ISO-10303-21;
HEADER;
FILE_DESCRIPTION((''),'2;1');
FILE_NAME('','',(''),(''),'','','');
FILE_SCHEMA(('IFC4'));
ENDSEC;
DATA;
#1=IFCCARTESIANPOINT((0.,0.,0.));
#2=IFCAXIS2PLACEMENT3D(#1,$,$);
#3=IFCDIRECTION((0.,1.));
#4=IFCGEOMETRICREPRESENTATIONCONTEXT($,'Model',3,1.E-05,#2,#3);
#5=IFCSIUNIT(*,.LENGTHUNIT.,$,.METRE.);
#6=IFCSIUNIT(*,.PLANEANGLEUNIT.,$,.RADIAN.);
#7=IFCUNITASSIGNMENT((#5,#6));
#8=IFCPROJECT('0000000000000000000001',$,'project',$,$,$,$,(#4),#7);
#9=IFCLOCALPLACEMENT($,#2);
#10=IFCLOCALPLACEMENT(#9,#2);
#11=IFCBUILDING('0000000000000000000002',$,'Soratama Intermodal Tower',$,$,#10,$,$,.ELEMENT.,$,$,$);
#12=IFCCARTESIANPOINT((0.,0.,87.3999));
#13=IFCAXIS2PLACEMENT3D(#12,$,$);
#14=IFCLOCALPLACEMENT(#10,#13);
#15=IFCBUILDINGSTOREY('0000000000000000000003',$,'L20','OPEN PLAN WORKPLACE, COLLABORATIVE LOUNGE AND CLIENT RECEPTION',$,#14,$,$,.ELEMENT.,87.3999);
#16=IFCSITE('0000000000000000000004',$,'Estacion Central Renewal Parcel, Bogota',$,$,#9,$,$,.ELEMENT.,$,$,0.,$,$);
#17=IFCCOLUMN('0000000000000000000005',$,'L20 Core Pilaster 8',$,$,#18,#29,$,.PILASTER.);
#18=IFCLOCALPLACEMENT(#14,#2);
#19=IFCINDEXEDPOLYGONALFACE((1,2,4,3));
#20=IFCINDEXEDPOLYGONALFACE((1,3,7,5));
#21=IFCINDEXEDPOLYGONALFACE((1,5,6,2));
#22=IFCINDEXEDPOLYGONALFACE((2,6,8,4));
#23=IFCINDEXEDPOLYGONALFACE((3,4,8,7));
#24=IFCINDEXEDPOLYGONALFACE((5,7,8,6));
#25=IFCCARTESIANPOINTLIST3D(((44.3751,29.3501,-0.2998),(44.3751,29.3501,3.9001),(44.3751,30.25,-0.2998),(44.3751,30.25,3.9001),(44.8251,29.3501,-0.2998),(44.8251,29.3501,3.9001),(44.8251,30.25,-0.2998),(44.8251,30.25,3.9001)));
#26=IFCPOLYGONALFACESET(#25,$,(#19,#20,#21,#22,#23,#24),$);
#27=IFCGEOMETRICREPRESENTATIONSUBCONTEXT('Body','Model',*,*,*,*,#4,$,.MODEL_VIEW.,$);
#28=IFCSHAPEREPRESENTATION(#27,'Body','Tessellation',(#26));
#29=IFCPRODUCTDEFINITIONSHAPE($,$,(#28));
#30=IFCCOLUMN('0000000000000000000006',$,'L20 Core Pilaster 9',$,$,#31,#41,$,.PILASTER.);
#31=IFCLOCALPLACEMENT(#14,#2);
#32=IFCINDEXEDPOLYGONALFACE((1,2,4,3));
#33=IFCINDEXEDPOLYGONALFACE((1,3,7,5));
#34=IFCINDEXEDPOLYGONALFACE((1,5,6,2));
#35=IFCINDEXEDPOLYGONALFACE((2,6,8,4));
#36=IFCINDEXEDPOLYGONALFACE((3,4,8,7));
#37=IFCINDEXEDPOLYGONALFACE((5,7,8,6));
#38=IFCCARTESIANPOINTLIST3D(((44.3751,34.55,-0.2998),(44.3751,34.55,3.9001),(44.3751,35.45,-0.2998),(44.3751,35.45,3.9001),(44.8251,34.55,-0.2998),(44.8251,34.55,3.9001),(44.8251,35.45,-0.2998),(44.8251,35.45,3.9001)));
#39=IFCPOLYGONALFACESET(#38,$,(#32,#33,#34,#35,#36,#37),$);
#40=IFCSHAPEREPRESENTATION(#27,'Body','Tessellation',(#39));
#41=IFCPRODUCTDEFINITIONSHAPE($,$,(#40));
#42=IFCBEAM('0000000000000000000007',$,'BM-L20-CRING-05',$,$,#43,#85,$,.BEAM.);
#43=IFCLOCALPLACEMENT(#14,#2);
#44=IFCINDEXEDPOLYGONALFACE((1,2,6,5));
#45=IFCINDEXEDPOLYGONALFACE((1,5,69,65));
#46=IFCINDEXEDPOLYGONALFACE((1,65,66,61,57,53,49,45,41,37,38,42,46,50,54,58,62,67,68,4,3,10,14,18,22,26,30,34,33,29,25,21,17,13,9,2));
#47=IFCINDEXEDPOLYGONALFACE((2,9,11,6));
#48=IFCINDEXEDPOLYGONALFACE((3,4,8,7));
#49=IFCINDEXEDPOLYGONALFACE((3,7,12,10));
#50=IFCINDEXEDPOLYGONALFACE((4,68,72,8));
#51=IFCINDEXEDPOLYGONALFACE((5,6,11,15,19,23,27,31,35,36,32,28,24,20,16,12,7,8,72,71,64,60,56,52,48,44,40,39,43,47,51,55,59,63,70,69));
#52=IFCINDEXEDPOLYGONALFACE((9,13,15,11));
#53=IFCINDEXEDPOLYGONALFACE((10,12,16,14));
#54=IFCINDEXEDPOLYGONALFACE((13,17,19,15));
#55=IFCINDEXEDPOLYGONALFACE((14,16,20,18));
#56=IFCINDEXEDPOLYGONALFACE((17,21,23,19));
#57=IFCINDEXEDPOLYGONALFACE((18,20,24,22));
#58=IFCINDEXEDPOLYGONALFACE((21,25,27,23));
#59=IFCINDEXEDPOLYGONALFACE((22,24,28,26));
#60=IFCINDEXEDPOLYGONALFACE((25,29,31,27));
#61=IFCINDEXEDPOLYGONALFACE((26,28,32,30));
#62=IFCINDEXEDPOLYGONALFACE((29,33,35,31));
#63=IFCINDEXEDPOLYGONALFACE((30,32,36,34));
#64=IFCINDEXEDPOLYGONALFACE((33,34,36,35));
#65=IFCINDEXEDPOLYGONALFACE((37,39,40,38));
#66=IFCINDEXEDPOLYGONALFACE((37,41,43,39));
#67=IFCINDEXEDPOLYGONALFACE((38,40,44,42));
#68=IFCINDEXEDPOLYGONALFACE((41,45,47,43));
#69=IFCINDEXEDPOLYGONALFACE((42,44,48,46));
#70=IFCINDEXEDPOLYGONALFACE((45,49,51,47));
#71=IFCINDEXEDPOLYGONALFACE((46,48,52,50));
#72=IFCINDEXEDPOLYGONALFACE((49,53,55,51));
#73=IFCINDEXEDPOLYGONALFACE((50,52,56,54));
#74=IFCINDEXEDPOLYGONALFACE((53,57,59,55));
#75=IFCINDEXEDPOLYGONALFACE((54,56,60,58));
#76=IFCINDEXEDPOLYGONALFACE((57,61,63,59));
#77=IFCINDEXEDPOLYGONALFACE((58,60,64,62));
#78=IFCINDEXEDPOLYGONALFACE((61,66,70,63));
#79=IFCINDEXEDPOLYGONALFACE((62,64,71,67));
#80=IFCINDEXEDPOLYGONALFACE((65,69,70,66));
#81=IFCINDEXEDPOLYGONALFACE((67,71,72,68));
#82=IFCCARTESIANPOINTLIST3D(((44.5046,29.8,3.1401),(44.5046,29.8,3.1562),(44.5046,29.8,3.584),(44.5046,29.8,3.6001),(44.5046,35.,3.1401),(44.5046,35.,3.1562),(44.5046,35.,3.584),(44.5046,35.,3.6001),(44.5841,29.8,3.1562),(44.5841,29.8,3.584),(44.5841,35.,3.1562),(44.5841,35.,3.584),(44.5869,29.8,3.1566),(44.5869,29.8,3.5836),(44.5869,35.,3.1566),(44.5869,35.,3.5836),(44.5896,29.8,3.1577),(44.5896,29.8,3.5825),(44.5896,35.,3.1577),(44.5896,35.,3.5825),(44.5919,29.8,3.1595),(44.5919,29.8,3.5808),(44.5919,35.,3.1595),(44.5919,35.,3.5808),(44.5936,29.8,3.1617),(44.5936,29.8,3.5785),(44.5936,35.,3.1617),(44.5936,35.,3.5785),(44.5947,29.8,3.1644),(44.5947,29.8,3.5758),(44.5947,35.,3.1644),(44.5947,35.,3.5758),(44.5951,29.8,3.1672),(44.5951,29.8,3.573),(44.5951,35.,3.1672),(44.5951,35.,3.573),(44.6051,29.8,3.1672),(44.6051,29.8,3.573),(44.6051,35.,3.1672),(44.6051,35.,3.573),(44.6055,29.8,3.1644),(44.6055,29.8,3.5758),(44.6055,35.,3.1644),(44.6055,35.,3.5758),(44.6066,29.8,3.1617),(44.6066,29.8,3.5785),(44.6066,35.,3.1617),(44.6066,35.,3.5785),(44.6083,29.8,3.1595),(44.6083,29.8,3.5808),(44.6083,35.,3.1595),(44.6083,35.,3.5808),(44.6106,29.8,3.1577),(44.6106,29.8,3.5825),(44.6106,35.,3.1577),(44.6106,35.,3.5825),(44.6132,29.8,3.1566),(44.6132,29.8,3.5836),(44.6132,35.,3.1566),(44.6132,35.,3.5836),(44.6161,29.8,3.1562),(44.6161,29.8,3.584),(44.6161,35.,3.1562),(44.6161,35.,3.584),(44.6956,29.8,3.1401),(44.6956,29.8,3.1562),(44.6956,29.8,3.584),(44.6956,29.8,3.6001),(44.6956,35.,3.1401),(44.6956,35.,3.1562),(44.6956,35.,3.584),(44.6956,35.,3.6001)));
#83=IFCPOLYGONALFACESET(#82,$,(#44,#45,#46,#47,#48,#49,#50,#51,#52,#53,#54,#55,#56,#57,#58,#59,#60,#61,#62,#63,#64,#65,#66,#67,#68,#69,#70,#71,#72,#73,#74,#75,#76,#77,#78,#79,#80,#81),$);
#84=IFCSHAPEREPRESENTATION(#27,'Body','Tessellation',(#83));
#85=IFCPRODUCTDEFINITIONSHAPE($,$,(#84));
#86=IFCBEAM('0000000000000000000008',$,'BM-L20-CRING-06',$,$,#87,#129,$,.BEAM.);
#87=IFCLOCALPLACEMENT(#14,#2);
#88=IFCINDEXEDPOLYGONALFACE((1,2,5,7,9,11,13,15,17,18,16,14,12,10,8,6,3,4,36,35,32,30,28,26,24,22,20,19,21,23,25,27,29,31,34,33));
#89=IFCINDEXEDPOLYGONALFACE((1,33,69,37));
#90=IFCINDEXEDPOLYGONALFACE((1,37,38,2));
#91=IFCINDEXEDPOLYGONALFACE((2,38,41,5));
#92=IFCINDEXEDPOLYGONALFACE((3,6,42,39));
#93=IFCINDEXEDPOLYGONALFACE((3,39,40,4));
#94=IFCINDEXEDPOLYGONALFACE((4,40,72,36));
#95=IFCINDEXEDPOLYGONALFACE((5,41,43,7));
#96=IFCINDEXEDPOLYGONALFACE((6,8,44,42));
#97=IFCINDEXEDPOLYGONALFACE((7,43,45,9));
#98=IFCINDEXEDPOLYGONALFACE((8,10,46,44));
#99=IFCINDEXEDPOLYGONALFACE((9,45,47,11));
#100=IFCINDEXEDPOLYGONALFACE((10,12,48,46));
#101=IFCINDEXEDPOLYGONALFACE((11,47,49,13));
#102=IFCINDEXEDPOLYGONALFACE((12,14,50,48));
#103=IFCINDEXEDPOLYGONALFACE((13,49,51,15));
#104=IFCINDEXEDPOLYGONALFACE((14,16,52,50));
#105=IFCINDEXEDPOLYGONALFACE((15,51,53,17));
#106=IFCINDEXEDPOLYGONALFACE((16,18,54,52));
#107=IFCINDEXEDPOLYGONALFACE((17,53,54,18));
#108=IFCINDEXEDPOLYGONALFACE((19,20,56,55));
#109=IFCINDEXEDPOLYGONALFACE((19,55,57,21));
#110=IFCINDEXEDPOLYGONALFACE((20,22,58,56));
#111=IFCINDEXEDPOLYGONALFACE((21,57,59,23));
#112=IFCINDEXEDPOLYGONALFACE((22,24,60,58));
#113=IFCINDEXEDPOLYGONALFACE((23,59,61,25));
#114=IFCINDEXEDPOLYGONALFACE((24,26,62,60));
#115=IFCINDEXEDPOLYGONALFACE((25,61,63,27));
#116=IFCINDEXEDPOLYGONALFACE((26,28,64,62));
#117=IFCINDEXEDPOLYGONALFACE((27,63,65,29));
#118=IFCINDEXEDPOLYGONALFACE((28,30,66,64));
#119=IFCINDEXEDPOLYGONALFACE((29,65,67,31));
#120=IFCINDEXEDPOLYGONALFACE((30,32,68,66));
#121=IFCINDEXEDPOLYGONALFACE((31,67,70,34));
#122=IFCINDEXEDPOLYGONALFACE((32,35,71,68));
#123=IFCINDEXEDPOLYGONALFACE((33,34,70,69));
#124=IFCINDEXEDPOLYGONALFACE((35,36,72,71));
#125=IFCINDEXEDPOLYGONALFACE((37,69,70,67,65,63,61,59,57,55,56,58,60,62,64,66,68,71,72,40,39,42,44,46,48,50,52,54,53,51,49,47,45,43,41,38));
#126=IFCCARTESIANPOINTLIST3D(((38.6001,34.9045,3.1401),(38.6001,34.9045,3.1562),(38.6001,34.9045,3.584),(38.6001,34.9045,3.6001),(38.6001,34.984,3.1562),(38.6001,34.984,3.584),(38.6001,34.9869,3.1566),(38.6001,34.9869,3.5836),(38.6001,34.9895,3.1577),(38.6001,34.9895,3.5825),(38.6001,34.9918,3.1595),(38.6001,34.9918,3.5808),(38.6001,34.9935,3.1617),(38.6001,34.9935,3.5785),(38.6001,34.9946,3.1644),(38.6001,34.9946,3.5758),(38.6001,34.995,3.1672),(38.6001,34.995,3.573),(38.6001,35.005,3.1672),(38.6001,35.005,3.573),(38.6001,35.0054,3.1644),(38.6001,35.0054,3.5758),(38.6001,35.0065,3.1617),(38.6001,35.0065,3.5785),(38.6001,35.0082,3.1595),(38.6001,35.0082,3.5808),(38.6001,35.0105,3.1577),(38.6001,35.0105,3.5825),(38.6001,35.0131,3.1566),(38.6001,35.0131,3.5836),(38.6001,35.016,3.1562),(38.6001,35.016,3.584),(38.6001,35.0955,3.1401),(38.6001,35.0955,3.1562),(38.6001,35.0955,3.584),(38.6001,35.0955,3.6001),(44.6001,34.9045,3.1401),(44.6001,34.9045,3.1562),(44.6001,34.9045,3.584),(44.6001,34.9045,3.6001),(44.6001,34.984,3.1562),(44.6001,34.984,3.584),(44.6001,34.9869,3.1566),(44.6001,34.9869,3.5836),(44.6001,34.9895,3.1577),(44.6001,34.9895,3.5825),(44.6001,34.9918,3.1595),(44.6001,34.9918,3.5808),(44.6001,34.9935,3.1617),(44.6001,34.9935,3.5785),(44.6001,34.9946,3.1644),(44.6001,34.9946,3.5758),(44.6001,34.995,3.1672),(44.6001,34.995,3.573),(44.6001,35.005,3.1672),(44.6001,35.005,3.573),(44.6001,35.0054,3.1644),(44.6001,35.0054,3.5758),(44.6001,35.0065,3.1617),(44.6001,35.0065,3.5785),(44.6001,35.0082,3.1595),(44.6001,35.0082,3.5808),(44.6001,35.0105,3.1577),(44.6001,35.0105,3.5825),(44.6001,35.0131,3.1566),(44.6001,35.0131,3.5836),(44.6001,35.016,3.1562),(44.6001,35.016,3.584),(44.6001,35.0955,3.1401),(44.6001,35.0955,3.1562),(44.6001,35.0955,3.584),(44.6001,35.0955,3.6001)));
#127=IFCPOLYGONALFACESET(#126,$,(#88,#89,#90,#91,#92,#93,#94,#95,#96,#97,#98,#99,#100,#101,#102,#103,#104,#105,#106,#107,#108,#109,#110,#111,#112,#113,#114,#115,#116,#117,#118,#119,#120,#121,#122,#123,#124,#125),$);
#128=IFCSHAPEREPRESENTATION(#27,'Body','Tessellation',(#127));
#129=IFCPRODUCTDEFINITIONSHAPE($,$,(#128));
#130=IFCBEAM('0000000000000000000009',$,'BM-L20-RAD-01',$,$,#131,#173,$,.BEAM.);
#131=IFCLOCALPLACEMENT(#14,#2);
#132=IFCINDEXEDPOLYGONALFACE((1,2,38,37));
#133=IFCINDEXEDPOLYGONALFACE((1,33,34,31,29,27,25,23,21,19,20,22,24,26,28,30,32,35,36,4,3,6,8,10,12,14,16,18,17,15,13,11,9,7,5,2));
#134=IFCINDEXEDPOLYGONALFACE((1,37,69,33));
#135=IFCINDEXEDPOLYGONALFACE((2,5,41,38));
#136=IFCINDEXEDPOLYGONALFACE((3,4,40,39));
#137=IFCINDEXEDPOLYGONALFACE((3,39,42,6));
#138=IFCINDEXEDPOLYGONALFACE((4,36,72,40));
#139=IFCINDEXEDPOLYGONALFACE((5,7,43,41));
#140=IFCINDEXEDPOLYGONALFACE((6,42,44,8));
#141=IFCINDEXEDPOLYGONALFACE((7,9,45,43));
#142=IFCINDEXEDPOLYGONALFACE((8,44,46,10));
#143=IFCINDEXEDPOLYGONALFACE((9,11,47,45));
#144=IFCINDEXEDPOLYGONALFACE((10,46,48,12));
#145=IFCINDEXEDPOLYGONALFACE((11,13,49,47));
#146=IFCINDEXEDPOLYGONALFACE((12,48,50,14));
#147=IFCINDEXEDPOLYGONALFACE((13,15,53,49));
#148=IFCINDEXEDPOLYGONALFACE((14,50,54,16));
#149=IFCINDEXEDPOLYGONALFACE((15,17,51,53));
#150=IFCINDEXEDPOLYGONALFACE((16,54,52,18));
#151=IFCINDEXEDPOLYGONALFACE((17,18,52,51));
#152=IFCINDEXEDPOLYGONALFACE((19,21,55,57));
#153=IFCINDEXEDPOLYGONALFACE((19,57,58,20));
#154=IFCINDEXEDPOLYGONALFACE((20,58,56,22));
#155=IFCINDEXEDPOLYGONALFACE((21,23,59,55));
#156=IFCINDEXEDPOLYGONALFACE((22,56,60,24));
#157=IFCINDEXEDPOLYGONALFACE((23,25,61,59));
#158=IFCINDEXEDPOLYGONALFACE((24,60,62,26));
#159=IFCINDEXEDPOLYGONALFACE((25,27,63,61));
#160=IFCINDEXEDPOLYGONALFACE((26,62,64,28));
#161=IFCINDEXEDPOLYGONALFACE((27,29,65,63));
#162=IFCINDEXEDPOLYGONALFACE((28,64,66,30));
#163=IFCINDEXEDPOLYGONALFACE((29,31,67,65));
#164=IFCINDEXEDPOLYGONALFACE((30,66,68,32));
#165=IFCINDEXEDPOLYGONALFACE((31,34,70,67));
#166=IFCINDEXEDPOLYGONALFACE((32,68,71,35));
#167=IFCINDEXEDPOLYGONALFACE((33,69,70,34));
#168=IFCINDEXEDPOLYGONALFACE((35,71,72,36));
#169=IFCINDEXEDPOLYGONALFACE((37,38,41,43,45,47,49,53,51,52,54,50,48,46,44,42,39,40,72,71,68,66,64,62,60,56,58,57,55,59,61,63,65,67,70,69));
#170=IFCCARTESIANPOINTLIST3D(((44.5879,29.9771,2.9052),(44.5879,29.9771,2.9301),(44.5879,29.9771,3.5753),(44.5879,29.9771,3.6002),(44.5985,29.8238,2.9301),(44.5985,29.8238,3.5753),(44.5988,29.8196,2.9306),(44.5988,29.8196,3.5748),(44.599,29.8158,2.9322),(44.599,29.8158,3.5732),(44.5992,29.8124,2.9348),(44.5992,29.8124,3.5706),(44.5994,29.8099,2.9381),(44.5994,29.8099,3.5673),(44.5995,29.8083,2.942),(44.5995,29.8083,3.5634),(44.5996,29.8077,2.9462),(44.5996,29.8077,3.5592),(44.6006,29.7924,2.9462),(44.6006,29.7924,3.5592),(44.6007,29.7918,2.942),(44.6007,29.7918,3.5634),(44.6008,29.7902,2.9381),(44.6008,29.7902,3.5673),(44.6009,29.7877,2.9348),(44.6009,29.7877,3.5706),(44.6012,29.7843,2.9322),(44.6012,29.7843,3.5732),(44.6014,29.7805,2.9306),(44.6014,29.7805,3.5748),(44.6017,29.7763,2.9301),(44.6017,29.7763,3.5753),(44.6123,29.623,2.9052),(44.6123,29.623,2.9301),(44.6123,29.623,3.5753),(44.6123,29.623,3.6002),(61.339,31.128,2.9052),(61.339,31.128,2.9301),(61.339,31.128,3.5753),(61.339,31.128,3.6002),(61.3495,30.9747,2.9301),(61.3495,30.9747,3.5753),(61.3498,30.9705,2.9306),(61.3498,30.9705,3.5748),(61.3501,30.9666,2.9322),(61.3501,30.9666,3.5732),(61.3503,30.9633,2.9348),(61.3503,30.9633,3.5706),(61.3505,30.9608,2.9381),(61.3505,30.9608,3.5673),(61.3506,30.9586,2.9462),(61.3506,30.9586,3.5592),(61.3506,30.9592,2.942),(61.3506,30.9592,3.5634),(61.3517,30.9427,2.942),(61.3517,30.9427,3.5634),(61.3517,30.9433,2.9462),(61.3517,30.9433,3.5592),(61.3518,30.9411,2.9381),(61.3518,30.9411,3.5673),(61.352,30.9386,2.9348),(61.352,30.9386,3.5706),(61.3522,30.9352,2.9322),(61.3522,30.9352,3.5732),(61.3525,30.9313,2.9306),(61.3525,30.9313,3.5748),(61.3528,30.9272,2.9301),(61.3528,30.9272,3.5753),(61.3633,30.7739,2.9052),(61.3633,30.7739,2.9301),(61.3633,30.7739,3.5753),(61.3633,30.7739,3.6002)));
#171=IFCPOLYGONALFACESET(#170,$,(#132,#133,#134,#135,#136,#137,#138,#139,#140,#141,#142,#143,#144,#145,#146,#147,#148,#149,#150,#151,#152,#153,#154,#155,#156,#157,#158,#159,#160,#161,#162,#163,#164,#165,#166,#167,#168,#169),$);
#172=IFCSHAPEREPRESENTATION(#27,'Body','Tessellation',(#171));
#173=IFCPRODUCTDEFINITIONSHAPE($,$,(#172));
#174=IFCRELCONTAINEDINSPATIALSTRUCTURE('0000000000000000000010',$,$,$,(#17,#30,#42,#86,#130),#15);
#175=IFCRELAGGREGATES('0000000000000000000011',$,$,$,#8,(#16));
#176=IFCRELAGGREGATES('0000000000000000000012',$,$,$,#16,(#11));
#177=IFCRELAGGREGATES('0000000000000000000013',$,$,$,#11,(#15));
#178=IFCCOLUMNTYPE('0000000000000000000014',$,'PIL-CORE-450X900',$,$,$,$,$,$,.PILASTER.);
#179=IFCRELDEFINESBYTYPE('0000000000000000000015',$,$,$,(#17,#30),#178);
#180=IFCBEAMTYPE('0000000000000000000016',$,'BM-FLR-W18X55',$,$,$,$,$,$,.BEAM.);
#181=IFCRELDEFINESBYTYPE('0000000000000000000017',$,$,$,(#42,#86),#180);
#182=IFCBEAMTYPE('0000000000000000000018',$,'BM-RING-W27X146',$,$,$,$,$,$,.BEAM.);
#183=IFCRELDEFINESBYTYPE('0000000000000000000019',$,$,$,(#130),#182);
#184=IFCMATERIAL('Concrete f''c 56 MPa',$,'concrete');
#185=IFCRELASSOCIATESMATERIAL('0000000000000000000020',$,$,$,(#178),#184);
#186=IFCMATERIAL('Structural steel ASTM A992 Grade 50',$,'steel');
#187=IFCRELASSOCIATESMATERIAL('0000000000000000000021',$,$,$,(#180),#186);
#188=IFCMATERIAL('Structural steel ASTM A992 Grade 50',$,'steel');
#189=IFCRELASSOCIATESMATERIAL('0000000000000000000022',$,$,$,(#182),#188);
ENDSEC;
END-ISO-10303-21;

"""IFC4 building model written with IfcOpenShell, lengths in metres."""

from ifc_helpers import new_model, si_unit, direction, frame, origin, origin_2d, place, context, subcontext, project, spatial, rectangle, i_section, extrude, material, material_profile, profile_set, type_object, element, save


model = new_model("IFC4")

# Units and contexts
model_context = context("Model", 3, precision=1e-05, world=origin(), true_north=direction((0.0, 1.0)))
body_context = subcontext(model_context, "Body", "Model", "MODEL_VIEW")
ifc_project = project(units=[si_unit("LENGTHUNIT", "METRE"), si_unit("PLANEANGLEUNIT", "RADIAN")], contexts=[model_context])

# Site, building, storey
site_placement = place(None, origin())
site = spatial("IfcSite", under=ifc_project, at=site_placement, Name="Estacion Central Renewal Parcel, Bogota", CompositionType="ELEMENT", RefElevation=0.0)
building_placement = place(site_placement, origin())
building = spatial("IfcBuilding", under=site, at=building_placement, Name="Soratama Intermodal Tower", CompositionType="ELEMENT")
storey_placement = place(building_placement, frame((0.0, 0.0, 87.3999)))
storey = spatial("IfcBuildingStorey", under=building, at=storey_placement, Name="L20", Description="OPEN PLAN WORKPLACE, COLLABORATIVE LOUNGE AND CLIENT RECEPTION", CompositionType="ELEMENT", Elevation=87.3999)

# Columns
ifc_material_1 = material(Name="Concrete f'c 56 MPa", Category="concrete")
ifc_material_profile_1 = material_profile(ifc_material_1, rectangle(XDim=0.45, YDim=0.8999, at=origin_2d()), Name="RC450X900")
ifc_profile_set_1 = profile_set([ifc_material_profile_1], Name="Concrete f'c 56 MPa")
column_type = type_object("IfcColumnType", Name="PIL-CORE-450X900", PredefinedType="PILASTER", material=ifc_profile_set_1)
for number, where, z_axis, x_axis, name in (
    (1, (44.6001, 29.8, -0.2998), (0.0, 0.0, 1.0), (1.0, 0.0, 0.0), "L20 Core Pilaster 8"),
    (2, (44.6001, 35.0, -0.2998), (0.0, 0.0, 1.0), (1.0, 0.0, 0.0), "L20 Core Pilaster 9"),
):
    element("IfcColumn", number, at=place(storey_placement, frame(where, z_axis=z_axis, x_axis=x_axis)), inside=storey, type_object=column_type, Name=name, PredefinedType="PILASTER", context=body_context, shape_type="SweptSolid", body=[
        extrude(rectangle(XDim=0.45, YDim=0.8999, at=origin_2d()), origin(), (0.0, 0.0, 1.0), 4.2),
    ])

# Beams
ifc_material_2 = material(Name="Structural steel ASTM A992 Grade 50", Category="steel")
ifc_material_profile_2 = material_profile(ifc_material_2, i_section(OverallWidth=0.1909, OverallDepth=0.46, WebThickness=0.01, FlangeThickness=0.0161, FilletRadius=0.011, at=origin_2d()), Name="W18X55")
ifc_profile_set_2 = profile_set([ifc_material_profile_2], Name="Structural steel ASTM A992 Grade 50")
beam_type_1 = type_object("IfcBeamType", Name="BM-FLR-W18X55", PredefinedType="BEAM", material=ifc_profile_set_2)
beam_1_placement = place(storey_placement, frame((44.6001, 29.8, 3.3701), z_axis=(0.0, 1.0, 0.0), x_axis=(-1.0, 0.0, 0.0)))
element("IfcBeam", 3, at=beam_1_placement, inside=storey, type_object=beam_type_1, Name="BM-L20-CRING-05", PredefinedType="BEAM", context=body_context, shape_type="SweptSolid", body=[
    extrude(i_section(OverallWidth=0.1909, OverallDepth=0.46, WebThickness=0.01, FlangeThickness=0.0161, FilletRadius=0.011, at=origin_2d()), origin(), (0.0, 0.0, 1.0), 5.2),
])
beam_2_placement = place(storey_placement, frame((44.6001, 35.0, 3.3701), z_axis=(-1.0, 0.0, 0.0), x_axis=(0.0, -1.0, 0.0)))
element("IfcBeam", 4, at=beam_2_placement, inside=storey, type_object=beam_type_1, Name="BM-L20-CRING-06", PredefinedType="BEAM", context=body_context, shape_type="SweptSolid", body=[
    extrude(i_section(OverallWidth=0.1909, OverallDepth=0.46, WebThickness=0.01, FlangeThickness=0.0161, FilletRadius=0.011, at=origin_2d()), origin(), (0.0, 0.0, 1.0), 6.0),
])
ifc_material_3 = material(Name="Structural steel ASTM A992 Grade 50", Category="steel")
ifc_material_profile_3 = material_profile(ifc_material_3, i_section(OverallWidth=0.355, OverallDepth=0.6951, WebThickness=0.0154, FlangeThickness=0.0249, FilletRadius=0.0161, at=origin_2d()), Name="W27X146")
ifc_profile_set_3 = profile_set([ifc_material_profile_3], Name="Structural steel ASTM A992 Grade 50")
beam_type_2 = type_object("IfcBeamType", Name="BM-RING-W27X146", PredefinedType="BEAM", material=ifc_profile_set_3)
beam_3_placement = place(storey_placement, frame((44.6001, 29.8, 3.2527), z_axis=(0.997648, 0.068544, 0.0), x_axis=(-0.068544, 0.997648, 0.0)))
element("IfcBeam", 5, at=beam_3_placement, inside=storey, type_object=beam_type_2, Name="BM-L20-RAD-01", PredefinedType="BEAM", context=body_context, shape_type="SweptSolid", body=[
    extrude(i_section(OverallWidth=0.355, OverallDepth=0.6951, WebThickness=0.0154, FlangeThickness=0.0249, FilletRadius=0.0161, at=origin_2d()), origin(), (0.0, 0.0, 1.0), 16.7905),
])

save(model, "model.ifc")
